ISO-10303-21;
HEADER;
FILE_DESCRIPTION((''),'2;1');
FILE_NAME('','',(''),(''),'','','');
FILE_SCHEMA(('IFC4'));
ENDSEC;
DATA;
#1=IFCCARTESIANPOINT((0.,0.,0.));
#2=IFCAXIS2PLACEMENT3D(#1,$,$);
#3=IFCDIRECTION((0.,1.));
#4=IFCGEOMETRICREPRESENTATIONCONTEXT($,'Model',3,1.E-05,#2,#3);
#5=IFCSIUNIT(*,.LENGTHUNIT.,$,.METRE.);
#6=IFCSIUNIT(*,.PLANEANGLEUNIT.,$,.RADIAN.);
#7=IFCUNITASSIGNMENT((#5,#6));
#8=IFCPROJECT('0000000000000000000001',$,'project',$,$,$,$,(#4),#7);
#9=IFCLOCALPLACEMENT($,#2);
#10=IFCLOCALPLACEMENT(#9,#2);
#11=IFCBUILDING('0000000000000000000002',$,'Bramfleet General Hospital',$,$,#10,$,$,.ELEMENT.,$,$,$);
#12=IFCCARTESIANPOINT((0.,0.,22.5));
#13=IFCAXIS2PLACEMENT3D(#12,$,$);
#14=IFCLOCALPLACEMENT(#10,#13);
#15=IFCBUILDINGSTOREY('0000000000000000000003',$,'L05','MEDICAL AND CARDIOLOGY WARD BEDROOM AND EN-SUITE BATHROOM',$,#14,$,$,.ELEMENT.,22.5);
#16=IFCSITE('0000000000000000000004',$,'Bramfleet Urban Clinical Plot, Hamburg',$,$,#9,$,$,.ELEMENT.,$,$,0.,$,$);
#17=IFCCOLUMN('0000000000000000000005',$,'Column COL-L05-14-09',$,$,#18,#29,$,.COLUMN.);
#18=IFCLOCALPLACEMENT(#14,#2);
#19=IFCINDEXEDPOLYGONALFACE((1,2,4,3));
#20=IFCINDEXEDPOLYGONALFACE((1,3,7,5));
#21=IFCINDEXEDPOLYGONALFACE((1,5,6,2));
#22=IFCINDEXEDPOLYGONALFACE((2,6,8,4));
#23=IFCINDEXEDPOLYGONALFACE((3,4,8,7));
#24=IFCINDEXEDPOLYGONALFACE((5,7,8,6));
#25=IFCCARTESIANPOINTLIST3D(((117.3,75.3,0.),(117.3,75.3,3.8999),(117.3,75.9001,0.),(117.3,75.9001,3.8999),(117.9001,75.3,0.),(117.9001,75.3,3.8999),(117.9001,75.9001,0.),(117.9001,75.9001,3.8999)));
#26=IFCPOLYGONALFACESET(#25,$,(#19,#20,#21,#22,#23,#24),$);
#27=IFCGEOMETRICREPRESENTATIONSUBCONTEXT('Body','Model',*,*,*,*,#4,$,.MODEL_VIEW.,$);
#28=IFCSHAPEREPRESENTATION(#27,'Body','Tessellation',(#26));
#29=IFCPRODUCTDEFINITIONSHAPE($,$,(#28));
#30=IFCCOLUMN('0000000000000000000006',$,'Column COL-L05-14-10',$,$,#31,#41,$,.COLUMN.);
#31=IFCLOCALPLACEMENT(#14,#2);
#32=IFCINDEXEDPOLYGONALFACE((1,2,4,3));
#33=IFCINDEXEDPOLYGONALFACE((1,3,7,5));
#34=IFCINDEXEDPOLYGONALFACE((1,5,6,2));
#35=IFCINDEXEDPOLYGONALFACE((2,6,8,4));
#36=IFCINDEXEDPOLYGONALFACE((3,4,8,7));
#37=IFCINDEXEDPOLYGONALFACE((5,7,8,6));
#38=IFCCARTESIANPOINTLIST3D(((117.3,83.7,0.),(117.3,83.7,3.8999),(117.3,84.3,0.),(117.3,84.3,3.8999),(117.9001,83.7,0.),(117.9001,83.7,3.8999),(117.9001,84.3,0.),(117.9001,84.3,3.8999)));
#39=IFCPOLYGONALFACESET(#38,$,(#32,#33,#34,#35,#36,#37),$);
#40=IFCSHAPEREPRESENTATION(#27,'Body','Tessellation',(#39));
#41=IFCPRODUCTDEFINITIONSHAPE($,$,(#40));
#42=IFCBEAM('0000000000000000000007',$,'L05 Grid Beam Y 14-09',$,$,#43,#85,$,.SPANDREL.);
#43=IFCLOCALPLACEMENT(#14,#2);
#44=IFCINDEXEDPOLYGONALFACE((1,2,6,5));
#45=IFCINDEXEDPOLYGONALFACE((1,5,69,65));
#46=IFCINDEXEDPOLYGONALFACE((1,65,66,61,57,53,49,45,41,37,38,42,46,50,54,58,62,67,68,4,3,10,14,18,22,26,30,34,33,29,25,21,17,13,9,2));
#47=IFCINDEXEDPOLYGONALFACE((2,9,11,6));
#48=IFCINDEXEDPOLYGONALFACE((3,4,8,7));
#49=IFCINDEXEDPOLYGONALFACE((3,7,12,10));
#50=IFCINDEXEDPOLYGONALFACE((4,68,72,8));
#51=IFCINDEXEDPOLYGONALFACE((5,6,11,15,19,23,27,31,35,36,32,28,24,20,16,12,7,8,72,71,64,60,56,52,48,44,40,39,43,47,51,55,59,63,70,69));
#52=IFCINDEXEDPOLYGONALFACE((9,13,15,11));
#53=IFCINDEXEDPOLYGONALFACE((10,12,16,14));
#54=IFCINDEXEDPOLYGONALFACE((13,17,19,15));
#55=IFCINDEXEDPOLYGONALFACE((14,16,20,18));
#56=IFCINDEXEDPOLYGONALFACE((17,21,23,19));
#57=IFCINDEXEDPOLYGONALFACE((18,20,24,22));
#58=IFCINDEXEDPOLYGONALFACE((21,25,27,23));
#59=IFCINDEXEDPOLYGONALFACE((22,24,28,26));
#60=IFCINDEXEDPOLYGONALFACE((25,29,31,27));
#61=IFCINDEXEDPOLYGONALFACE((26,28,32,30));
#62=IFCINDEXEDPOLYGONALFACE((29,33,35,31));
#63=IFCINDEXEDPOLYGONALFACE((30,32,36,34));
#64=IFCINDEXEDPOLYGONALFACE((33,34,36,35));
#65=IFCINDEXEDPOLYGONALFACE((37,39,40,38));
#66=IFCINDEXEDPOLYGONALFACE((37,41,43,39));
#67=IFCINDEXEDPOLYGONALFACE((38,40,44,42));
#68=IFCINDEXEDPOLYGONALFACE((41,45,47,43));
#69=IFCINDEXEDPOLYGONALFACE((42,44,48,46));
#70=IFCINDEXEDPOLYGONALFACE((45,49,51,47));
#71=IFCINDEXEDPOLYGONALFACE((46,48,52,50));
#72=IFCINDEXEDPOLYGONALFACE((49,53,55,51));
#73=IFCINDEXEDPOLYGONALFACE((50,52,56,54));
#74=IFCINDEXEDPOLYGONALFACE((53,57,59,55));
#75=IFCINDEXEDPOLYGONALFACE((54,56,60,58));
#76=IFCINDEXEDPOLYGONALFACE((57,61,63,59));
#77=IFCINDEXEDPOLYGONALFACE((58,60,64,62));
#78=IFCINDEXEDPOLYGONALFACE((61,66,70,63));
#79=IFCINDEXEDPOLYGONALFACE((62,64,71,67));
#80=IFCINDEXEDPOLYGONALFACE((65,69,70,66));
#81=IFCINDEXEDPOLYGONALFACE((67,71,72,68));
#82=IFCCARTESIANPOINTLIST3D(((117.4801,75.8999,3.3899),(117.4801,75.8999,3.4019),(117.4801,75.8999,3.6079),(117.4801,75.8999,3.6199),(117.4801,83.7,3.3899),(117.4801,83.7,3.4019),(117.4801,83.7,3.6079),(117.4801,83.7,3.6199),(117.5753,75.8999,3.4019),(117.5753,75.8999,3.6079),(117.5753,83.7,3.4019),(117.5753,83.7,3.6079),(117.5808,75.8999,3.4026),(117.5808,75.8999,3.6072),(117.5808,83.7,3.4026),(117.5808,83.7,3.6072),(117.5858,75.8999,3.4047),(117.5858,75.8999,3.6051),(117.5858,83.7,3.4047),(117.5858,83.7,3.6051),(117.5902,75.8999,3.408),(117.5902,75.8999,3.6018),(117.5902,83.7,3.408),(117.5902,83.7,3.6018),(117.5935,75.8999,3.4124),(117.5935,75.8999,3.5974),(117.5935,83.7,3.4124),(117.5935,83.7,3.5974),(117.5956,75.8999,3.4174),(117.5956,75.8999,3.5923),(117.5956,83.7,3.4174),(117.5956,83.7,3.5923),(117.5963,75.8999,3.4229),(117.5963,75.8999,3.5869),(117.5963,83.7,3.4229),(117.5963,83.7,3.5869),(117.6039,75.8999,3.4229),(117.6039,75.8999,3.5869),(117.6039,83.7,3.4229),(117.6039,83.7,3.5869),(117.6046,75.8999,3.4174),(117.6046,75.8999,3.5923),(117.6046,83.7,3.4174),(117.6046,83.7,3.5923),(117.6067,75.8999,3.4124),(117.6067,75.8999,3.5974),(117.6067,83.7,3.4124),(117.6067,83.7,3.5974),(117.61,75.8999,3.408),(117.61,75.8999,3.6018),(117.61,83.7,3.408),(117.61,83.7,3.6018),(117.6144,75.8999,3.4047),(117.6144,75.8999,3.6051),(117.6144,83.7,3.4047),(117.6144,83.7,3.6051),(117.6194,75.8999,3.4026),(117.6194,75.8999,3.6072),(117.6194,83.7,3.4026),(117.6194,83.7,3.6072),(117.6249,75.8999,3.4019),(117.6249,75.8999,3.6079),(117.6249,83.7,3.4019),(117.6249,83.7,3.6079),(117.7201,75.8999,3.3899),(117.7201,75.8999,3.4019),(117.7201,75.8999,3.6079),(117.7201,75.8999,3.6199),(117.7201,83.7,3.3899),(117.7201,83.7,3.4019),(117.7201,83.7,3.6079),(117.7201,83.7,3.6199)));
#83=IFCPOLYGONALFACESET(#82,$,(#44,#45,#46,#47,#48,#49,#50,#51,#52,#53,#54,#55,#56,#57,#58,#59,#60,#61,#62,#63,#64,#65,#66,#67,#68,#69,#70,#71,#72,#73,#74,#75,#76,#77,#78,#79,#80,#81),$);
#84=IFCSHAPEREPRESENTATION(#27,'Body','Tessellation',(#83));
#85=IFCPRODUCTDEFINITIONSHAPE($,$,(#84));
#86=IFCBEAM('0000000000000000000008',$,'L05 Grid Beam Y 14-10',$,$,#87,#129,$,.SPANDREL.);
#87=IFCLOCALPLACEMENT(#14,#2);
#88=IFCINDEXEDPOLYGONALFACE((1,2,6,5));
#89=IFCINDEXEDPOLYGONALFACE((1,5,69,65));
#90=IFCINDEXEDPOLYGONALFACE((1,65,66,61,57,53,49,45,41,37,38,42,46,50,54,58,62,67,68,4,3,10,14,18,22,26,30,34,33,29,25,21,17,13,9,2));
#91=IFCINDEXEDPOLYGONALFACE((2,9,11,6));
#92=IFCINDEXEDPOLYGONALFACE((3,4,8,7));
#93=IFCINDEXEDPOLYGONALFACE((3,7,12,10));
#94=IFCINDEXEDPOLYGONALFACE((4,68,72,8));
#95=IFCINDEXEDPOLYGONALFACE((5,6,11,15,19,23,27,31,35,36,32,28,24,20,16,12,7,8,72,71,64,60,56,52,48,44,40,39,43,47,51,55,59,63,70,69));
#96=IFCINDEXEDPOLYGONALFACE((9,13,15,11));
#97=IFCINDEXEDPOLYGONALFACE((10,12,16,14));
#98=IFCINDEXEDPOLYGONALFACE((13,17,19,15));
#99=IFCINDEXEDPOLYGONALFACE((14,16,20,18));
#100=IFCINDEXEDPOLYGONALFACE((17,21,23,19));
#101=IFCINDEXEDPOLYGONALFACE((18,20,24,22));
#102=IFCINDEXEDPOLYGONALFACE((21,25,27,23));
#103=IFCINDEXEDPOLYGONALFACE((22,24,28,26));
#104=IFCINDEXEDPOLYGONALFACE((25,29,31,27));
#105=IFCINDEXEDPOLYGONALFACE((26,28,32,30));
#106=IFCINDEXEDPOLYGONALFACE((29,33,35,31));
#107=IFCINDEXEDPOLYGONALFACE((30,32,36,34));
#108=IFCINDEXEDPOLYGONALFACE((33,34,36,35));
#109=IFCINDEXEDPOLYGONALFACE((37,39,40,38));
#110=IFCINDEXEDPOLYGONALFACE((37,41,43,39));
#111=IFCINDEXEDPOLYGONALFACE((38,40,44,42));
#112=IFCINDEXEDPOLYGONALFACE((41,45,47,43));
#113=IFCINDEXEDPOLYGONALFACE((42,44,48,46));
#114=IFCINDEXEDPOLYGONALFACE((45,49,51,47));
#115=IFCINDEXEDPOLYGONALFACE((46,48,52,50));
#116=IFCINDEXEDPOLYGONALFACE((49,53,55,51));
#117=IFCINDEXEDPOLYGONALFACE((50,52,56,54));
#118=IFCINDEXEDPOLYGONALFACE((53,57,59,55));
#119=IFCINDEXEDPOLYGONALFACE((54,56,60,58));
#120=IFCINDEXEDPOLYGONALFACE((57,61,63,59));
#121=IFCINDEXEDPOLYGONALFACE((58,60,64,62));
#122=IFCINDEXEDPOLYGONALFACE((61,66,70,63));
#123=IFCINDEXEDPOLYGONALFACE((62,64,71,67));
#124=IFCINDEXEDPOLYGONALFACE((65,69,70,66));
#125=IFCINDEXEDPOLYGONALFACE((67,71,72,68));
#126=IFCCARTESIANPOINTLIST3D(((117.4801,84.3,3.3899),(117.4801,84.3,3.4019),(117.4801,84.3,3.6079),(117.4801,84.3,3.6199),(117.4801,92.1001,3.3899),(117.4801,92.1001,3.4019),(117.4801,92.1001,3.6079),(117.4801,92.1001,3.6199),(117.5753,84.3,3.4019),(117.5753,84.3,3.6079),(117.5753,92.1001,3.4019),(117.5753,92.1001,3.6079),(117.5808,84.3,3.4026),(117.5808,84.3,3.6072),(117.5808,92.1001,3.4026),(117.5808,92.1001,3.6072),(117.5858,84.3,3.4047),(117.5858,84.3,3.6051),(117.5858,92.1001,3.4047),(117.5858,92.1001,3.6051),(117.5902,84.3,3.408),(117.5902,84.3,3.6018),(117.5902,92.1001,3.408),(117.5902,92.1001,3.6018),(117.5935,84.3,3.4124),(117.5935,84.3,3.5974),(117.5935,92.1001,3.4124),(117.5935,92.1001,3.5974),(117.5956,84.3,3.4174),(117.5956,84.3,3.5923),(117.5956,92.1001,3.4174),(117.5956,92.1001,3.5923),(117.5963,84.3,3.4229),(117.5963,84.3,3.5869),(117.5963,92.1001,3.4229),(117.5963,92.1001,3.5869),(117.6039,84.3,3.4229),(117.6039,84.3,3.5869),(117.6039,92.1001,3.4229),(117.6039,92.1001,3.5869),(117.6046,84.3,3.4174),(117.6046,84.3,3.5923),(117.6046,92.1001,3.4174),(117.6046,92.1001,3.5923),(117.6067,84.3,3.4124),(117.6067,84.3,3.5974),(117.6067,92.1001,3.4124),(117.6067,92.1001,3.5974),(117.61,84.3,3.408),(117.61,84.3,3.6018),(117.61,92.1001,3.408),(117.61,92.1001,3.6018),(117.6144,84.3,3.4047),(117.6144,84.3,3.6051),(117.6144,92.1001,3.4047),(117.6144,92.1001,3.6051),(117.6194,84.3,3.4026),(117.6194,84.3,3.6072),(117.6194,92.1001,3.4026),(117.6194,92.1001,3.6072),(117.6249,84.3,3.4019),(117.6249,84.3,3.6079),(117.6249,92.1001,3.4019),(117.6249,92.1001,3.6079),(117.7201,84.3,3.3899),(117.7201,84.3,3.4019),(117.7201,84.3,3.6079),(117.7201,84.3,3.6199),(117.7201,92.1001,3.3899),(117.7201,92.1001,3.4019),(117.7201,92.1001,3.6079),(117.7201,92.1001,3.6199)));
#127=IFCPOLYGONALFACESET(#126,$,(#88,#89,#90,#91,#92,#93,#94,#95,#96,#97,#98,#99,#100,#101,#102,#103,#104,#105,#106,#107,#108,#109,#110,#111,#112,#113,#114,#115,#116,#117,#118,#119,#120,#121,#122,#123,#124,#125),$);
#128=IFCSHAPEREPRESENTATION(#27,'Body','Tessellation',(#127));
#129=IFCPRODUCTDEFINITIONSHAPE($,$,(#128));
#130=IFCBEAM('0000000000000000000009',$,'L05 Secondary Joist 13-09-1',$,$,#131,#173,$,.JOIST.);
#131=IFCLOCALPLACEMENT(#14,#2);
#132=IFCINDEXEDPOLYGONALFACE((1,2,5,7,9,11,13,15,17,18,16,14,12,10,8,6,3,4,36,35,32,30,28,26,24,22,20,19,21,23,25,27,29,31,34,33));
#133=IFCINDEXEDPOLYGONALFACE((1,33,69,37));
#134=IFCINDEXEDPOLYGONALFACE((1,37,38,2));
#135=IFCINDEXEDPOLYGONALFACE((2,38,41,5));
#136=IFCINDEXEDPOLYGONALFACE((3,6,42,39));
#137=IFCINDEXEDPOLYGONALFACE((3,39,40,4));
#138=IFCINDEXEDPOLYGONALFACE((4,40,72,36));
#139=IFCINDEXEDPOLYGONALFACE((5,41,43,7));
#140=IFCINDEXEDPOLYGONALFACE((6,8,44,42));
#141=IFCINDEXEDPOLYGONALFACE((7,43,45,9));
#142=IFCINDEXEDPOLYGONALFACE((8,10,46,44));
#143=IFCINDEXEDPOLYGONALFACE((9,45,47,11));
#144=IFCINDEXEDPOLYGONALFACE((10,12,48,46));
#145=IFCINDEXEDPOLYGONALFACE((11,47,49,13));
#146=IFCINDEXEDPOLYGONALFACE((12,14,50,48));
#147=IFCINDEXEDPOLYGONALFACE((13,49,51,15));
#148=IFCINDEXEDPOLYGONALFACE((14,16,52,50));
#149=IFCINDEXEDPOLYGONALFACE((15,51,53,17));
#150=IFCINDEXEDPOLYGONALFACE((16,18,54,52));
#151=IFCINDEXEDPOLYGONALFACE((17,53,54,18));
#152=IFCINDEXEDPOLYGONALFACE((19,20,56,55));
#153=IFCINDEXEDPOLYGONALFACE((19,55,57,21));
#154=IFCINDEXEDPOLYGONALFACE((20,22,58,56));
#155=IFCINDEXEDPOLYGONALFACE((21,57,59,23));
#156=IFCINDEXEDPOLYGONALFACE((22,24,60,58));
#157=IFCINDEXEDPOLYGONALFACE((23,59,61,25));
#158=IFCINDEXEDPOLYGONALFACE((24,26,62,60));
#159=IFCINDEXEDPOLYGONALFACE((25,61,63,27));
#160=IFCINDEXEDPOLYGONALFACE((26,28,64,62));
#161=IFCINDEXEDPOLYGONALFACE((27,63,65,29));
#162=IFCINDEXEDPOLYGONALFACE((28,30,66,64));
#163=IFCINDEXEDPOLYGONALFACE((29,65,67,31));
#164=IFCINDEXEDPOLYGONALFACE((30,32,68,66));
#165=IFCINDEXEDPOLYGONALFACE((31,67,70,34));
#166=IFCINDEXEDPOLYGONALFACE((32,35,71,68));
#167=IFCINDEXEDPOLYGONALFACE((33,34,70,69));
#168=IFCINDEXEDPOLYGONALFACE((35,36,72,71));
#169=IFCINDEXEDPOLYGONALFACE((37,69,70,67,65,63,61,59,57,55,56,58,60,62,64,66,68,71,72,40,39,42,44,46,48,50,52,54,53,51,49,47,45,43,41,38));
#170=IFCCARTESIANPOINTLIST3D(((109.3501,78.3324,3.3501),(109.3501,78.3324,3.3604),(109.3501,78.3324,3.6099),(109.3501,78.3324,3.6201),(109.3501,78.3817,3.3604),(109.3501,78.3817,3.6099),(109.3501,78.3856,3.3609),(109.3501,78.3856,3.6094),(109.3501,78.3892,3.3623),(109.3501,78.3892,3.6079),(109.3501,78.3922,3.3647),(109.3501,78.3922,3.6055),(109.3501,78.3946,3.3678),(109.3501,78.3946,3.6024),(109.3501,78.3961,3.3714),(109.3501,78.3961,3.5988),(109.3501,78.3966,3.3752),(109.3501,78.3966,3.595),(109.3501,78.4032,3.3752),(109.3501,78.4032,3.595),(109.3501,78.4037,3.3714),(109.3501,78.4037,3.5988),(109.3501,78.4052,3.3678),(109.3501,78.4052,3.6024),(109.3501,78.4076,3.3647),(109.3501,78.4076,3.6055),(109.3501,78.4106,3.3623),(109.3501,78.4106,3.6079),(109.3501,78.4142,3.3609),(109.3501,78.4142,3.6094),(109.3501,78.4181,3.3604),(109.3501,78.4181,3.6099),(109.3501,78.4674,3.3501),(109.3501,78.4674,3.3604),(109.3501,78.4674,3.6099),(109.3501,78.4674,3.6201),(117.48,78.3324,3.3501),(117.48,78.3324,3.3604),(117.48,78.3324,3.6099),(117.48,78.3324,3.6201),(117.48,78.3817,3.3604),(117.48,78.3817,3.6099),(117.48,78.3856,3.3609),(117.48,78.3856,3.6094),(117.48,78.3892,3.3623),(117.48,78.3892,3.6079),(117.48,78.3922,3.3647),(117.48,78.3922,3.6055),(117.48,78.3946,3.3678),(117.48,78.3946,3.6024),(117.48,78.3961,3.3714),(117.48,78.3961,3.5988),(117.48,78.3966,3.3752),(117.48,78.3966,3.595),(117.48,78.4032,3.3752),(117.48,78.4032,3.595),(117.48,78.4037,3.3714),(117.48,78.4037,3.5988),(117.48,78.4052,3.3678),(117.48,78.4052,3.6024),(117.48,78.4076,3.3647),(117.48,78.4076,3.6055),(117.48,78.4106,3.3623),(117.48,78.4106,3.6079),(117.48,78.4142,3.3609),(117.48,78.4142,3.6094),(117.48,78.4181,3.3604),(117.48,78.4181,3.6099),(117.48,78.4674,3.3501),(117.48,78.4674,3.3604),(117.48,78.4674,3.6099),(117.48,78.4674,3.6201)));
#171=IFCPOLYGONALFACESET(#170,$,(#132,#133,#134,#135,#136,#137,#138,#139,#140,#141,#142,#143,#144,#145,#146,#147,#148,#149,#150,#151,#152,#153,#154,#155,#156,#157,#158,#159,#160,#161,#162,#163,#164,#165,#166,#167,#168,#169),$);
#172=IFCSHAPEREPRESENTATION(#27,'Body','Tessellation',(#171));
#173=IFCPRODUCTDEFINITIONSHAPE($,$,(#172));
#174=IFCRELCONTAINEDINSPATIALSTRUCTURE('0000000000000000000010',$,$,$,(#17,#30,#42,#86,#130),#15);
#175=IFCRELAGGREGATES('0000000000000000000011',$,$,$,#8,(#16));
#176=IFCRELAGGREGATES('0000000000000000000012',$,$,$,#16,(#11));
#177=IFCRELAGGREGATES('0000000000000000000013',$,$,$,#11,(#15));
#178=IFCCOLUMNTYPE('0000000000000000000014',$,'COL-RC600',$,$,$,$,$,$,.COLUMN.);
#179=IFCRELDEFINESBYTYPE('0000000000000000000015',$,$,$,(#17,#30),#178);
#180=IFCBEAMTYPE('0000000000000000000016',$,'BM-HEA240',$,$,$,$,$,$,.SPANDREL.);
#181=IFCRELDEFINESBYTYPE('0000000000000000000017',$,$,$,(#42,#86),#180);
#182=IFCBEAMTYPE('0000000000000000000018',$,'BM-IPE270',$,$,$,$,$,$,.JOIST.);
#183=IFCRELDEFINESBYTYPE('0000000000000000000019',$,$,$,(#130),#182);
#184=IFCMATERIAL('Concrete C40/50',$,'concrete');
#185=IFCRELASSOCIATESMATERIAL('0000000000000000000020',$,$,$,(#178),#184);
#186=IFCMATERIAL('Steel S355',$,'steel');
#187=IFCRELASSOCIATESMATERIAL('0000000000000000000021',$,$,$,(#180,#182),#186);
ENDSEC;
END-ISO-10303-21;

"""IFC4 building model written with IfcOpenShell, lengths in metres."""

from ifc_helpers import new_model, si_unit, direction, frame, origin, origin_2d, place, context, subcontext, project, spatial, rectangle, i_section, extrude, material, material_profile, profile_set, type_object, element, save


model = new_model("IFC4")

# Units and contexts
model_context = context("Model", 3, precision=1e-05, world=origin(), true_north=direction((0.0, 1.0)))
body_context = subcontext(model_context, "Body", "Model", "MODEL_VIEW")
ifc_project = project(units=[si_unit("LENGTHUNIT", "METRE"), si_unit("PLANEANGLEUNIT", "RADIAN")], contexts=[model_context])

# Site, building, storey
site_placement = place(None, origin())
site = spatial("IfcSite", under=ifc_project, at=site_placement, Name="Bramfleet Urban Clinical Plot, Hamburg", CompositionType="ELEMENT", RefElevation=0.0)
building_placement = place(site_placement, origin())
building = spatial("IfcBuilding", under=site, at=building_placement, Name="Bramfleet General Hospital", CompositionType="ELEMENT")
storey_placement = place(building_placement, frame((0.0, 0.0, 22.5)))
storey = spatial("IfcBuildingStorey", under=building, at=storey_placement, Name="L05", Description="MEDICAL AND CARDIOLOGY WARD BEDROOM AND EN-SUITE BATHROOM", CompositionType="ELEMENT", Elevation=22.5)

# Columns
ifc_material_1 = material(Name="Concrete C40/50", Category="concrete")
ifc_material_profile_1 = material_profile(ifc_material_1, rectangle(XDim=0.6001, YDim=0.6001, at=origin_2d()), Name="RC COL 600x600")
ifc_profile_set_1 = profile_set([ifc_material_profile_1], Name="Concrete C40/50")
column_type = type_object("IfcColumnType", Name="COL-RC600", PredefinedType="COLUMN", material=ifc_profile_set_1)
for number, where, z_axis, x_axis, name in (
    (1, (117.6001, 75.6001, 0.0), (0.0, 0.0, 1.0), (1.0, 0.0, 0.0), "Column COL-L05-14-09"),
    (2, (117.6001, 84.0, 0.0), (0.0, 0.0, 1.0), (1.0, 0.0, 0.0), "Column COL-L05-14-10"),
):
    element("IfcColumn", number, at=place(storey_placement, frame(where, z_axis=z_axis, x_axis=x_axis)), inside=storey, type_object=column_type, Name=name, PredefinedType="COLUMN", context=body_context, shape_type="SweptSolid", body=[
        extrude(rectangle(XDim=0.6001, YDim=0.6001, at=origin_2d()), origin(), (0.0, 0.0, 1.0), 3.8999),
    ])

# Beams
ifc_material_2 = material(Name="Steel S355", Category="steel")
ifc_material_profile_2 = material_profile(ifc_material_2, i_section(OverallWidth=0.24, OverallDepth=0.23, WebThickness=0.0076, FlangeThickness=0.012, FilletRadius=0.021, at=origin_2d()), Name="HEA 240")
ifc_profile_set_2 = profile_set([ifc_material_profile_2], Name="Steel S355")
beam_type_1 = type_object("IfcBeamType", Name="BM-HEA240", PredefinedType="SPANDREL", material=ifc_profile_set_2)
for number, where, z_axis, x_axis, name in (
    (3, (117.6001, 75.8999, 3.5049), (0.0, 1.0, 0.0), (-1.0, 0.0, 0.0), "L05 Grid Beam Y 14-09"),
    (4, (117.6001, 84.3, 3.5049), (0.0, 1.0, 0.0), (-1.0, 0.0, 0.0), "L05 Grid Beam Y 14-10"),
):
    element("IfcBeam", number, at=place(storey_placement, frame(where, z_axis=z_axis, x_axis=x_axis)), inside=storey, type_object=beam_type_1, Name=name, PredefinedType="SPANDREL", context=body_context, shape_type="SweptSolid", body=[
        extrude(i_section(OverallWidth=0.24, OverallDepth=0.23, WebThickness=0.0076, FlangeThickness=0.012, FilletRadius=0.021, at=origin_2d()), origin(), (0.0, 0.0, 1.0), 7.8),
    ])
ifc_material_profile_3 = material_profile(ifc_material_2, i_section(OverallWidth=0.135, OverallDepth=0.27, WebThickness=0.0066, FlangeThickness=0.0103, FilletRadius=0.0149, at=origin_2d()), Name="IPE 270")
ifc_profile_set_3 = profile_set([ifc_material_profile_3], Name="Steel S355")
beam_type_2 = type_object("IfcBeamType", Name="BM-IPE270", PredefinedType="JOIST", material=ifc_profile_set_3)
for number, where, z_axis, x_axis, name in (
    (5, (109.3501, 78.3999, 3.4851), (1.0, 0.0, 0.0), (0.0, 1.0, 0.0), "L05 Secondary Joist 13-09-1"),
):
    element("IfcBeam", number, at=place(storey_placement, frame(where, z_axis=z_axis, x_axis=x_axis)), inside=storey, type_object=beam_type_2, Name=name, PredefinedType="JOIST", context=body_context, shape_type="SweptSolid", body=[
        extrude(i_section(OverallWidth=0.135, OverallDepth=0.27, WebThickness=0.0066, FlangeThickness=0.0103, FilletRadius=0.0149, at=origin_2d()), origin(), (0.0, 0.0, 1.0), 8.1299),
    ])

save(model, "model.ifc")
